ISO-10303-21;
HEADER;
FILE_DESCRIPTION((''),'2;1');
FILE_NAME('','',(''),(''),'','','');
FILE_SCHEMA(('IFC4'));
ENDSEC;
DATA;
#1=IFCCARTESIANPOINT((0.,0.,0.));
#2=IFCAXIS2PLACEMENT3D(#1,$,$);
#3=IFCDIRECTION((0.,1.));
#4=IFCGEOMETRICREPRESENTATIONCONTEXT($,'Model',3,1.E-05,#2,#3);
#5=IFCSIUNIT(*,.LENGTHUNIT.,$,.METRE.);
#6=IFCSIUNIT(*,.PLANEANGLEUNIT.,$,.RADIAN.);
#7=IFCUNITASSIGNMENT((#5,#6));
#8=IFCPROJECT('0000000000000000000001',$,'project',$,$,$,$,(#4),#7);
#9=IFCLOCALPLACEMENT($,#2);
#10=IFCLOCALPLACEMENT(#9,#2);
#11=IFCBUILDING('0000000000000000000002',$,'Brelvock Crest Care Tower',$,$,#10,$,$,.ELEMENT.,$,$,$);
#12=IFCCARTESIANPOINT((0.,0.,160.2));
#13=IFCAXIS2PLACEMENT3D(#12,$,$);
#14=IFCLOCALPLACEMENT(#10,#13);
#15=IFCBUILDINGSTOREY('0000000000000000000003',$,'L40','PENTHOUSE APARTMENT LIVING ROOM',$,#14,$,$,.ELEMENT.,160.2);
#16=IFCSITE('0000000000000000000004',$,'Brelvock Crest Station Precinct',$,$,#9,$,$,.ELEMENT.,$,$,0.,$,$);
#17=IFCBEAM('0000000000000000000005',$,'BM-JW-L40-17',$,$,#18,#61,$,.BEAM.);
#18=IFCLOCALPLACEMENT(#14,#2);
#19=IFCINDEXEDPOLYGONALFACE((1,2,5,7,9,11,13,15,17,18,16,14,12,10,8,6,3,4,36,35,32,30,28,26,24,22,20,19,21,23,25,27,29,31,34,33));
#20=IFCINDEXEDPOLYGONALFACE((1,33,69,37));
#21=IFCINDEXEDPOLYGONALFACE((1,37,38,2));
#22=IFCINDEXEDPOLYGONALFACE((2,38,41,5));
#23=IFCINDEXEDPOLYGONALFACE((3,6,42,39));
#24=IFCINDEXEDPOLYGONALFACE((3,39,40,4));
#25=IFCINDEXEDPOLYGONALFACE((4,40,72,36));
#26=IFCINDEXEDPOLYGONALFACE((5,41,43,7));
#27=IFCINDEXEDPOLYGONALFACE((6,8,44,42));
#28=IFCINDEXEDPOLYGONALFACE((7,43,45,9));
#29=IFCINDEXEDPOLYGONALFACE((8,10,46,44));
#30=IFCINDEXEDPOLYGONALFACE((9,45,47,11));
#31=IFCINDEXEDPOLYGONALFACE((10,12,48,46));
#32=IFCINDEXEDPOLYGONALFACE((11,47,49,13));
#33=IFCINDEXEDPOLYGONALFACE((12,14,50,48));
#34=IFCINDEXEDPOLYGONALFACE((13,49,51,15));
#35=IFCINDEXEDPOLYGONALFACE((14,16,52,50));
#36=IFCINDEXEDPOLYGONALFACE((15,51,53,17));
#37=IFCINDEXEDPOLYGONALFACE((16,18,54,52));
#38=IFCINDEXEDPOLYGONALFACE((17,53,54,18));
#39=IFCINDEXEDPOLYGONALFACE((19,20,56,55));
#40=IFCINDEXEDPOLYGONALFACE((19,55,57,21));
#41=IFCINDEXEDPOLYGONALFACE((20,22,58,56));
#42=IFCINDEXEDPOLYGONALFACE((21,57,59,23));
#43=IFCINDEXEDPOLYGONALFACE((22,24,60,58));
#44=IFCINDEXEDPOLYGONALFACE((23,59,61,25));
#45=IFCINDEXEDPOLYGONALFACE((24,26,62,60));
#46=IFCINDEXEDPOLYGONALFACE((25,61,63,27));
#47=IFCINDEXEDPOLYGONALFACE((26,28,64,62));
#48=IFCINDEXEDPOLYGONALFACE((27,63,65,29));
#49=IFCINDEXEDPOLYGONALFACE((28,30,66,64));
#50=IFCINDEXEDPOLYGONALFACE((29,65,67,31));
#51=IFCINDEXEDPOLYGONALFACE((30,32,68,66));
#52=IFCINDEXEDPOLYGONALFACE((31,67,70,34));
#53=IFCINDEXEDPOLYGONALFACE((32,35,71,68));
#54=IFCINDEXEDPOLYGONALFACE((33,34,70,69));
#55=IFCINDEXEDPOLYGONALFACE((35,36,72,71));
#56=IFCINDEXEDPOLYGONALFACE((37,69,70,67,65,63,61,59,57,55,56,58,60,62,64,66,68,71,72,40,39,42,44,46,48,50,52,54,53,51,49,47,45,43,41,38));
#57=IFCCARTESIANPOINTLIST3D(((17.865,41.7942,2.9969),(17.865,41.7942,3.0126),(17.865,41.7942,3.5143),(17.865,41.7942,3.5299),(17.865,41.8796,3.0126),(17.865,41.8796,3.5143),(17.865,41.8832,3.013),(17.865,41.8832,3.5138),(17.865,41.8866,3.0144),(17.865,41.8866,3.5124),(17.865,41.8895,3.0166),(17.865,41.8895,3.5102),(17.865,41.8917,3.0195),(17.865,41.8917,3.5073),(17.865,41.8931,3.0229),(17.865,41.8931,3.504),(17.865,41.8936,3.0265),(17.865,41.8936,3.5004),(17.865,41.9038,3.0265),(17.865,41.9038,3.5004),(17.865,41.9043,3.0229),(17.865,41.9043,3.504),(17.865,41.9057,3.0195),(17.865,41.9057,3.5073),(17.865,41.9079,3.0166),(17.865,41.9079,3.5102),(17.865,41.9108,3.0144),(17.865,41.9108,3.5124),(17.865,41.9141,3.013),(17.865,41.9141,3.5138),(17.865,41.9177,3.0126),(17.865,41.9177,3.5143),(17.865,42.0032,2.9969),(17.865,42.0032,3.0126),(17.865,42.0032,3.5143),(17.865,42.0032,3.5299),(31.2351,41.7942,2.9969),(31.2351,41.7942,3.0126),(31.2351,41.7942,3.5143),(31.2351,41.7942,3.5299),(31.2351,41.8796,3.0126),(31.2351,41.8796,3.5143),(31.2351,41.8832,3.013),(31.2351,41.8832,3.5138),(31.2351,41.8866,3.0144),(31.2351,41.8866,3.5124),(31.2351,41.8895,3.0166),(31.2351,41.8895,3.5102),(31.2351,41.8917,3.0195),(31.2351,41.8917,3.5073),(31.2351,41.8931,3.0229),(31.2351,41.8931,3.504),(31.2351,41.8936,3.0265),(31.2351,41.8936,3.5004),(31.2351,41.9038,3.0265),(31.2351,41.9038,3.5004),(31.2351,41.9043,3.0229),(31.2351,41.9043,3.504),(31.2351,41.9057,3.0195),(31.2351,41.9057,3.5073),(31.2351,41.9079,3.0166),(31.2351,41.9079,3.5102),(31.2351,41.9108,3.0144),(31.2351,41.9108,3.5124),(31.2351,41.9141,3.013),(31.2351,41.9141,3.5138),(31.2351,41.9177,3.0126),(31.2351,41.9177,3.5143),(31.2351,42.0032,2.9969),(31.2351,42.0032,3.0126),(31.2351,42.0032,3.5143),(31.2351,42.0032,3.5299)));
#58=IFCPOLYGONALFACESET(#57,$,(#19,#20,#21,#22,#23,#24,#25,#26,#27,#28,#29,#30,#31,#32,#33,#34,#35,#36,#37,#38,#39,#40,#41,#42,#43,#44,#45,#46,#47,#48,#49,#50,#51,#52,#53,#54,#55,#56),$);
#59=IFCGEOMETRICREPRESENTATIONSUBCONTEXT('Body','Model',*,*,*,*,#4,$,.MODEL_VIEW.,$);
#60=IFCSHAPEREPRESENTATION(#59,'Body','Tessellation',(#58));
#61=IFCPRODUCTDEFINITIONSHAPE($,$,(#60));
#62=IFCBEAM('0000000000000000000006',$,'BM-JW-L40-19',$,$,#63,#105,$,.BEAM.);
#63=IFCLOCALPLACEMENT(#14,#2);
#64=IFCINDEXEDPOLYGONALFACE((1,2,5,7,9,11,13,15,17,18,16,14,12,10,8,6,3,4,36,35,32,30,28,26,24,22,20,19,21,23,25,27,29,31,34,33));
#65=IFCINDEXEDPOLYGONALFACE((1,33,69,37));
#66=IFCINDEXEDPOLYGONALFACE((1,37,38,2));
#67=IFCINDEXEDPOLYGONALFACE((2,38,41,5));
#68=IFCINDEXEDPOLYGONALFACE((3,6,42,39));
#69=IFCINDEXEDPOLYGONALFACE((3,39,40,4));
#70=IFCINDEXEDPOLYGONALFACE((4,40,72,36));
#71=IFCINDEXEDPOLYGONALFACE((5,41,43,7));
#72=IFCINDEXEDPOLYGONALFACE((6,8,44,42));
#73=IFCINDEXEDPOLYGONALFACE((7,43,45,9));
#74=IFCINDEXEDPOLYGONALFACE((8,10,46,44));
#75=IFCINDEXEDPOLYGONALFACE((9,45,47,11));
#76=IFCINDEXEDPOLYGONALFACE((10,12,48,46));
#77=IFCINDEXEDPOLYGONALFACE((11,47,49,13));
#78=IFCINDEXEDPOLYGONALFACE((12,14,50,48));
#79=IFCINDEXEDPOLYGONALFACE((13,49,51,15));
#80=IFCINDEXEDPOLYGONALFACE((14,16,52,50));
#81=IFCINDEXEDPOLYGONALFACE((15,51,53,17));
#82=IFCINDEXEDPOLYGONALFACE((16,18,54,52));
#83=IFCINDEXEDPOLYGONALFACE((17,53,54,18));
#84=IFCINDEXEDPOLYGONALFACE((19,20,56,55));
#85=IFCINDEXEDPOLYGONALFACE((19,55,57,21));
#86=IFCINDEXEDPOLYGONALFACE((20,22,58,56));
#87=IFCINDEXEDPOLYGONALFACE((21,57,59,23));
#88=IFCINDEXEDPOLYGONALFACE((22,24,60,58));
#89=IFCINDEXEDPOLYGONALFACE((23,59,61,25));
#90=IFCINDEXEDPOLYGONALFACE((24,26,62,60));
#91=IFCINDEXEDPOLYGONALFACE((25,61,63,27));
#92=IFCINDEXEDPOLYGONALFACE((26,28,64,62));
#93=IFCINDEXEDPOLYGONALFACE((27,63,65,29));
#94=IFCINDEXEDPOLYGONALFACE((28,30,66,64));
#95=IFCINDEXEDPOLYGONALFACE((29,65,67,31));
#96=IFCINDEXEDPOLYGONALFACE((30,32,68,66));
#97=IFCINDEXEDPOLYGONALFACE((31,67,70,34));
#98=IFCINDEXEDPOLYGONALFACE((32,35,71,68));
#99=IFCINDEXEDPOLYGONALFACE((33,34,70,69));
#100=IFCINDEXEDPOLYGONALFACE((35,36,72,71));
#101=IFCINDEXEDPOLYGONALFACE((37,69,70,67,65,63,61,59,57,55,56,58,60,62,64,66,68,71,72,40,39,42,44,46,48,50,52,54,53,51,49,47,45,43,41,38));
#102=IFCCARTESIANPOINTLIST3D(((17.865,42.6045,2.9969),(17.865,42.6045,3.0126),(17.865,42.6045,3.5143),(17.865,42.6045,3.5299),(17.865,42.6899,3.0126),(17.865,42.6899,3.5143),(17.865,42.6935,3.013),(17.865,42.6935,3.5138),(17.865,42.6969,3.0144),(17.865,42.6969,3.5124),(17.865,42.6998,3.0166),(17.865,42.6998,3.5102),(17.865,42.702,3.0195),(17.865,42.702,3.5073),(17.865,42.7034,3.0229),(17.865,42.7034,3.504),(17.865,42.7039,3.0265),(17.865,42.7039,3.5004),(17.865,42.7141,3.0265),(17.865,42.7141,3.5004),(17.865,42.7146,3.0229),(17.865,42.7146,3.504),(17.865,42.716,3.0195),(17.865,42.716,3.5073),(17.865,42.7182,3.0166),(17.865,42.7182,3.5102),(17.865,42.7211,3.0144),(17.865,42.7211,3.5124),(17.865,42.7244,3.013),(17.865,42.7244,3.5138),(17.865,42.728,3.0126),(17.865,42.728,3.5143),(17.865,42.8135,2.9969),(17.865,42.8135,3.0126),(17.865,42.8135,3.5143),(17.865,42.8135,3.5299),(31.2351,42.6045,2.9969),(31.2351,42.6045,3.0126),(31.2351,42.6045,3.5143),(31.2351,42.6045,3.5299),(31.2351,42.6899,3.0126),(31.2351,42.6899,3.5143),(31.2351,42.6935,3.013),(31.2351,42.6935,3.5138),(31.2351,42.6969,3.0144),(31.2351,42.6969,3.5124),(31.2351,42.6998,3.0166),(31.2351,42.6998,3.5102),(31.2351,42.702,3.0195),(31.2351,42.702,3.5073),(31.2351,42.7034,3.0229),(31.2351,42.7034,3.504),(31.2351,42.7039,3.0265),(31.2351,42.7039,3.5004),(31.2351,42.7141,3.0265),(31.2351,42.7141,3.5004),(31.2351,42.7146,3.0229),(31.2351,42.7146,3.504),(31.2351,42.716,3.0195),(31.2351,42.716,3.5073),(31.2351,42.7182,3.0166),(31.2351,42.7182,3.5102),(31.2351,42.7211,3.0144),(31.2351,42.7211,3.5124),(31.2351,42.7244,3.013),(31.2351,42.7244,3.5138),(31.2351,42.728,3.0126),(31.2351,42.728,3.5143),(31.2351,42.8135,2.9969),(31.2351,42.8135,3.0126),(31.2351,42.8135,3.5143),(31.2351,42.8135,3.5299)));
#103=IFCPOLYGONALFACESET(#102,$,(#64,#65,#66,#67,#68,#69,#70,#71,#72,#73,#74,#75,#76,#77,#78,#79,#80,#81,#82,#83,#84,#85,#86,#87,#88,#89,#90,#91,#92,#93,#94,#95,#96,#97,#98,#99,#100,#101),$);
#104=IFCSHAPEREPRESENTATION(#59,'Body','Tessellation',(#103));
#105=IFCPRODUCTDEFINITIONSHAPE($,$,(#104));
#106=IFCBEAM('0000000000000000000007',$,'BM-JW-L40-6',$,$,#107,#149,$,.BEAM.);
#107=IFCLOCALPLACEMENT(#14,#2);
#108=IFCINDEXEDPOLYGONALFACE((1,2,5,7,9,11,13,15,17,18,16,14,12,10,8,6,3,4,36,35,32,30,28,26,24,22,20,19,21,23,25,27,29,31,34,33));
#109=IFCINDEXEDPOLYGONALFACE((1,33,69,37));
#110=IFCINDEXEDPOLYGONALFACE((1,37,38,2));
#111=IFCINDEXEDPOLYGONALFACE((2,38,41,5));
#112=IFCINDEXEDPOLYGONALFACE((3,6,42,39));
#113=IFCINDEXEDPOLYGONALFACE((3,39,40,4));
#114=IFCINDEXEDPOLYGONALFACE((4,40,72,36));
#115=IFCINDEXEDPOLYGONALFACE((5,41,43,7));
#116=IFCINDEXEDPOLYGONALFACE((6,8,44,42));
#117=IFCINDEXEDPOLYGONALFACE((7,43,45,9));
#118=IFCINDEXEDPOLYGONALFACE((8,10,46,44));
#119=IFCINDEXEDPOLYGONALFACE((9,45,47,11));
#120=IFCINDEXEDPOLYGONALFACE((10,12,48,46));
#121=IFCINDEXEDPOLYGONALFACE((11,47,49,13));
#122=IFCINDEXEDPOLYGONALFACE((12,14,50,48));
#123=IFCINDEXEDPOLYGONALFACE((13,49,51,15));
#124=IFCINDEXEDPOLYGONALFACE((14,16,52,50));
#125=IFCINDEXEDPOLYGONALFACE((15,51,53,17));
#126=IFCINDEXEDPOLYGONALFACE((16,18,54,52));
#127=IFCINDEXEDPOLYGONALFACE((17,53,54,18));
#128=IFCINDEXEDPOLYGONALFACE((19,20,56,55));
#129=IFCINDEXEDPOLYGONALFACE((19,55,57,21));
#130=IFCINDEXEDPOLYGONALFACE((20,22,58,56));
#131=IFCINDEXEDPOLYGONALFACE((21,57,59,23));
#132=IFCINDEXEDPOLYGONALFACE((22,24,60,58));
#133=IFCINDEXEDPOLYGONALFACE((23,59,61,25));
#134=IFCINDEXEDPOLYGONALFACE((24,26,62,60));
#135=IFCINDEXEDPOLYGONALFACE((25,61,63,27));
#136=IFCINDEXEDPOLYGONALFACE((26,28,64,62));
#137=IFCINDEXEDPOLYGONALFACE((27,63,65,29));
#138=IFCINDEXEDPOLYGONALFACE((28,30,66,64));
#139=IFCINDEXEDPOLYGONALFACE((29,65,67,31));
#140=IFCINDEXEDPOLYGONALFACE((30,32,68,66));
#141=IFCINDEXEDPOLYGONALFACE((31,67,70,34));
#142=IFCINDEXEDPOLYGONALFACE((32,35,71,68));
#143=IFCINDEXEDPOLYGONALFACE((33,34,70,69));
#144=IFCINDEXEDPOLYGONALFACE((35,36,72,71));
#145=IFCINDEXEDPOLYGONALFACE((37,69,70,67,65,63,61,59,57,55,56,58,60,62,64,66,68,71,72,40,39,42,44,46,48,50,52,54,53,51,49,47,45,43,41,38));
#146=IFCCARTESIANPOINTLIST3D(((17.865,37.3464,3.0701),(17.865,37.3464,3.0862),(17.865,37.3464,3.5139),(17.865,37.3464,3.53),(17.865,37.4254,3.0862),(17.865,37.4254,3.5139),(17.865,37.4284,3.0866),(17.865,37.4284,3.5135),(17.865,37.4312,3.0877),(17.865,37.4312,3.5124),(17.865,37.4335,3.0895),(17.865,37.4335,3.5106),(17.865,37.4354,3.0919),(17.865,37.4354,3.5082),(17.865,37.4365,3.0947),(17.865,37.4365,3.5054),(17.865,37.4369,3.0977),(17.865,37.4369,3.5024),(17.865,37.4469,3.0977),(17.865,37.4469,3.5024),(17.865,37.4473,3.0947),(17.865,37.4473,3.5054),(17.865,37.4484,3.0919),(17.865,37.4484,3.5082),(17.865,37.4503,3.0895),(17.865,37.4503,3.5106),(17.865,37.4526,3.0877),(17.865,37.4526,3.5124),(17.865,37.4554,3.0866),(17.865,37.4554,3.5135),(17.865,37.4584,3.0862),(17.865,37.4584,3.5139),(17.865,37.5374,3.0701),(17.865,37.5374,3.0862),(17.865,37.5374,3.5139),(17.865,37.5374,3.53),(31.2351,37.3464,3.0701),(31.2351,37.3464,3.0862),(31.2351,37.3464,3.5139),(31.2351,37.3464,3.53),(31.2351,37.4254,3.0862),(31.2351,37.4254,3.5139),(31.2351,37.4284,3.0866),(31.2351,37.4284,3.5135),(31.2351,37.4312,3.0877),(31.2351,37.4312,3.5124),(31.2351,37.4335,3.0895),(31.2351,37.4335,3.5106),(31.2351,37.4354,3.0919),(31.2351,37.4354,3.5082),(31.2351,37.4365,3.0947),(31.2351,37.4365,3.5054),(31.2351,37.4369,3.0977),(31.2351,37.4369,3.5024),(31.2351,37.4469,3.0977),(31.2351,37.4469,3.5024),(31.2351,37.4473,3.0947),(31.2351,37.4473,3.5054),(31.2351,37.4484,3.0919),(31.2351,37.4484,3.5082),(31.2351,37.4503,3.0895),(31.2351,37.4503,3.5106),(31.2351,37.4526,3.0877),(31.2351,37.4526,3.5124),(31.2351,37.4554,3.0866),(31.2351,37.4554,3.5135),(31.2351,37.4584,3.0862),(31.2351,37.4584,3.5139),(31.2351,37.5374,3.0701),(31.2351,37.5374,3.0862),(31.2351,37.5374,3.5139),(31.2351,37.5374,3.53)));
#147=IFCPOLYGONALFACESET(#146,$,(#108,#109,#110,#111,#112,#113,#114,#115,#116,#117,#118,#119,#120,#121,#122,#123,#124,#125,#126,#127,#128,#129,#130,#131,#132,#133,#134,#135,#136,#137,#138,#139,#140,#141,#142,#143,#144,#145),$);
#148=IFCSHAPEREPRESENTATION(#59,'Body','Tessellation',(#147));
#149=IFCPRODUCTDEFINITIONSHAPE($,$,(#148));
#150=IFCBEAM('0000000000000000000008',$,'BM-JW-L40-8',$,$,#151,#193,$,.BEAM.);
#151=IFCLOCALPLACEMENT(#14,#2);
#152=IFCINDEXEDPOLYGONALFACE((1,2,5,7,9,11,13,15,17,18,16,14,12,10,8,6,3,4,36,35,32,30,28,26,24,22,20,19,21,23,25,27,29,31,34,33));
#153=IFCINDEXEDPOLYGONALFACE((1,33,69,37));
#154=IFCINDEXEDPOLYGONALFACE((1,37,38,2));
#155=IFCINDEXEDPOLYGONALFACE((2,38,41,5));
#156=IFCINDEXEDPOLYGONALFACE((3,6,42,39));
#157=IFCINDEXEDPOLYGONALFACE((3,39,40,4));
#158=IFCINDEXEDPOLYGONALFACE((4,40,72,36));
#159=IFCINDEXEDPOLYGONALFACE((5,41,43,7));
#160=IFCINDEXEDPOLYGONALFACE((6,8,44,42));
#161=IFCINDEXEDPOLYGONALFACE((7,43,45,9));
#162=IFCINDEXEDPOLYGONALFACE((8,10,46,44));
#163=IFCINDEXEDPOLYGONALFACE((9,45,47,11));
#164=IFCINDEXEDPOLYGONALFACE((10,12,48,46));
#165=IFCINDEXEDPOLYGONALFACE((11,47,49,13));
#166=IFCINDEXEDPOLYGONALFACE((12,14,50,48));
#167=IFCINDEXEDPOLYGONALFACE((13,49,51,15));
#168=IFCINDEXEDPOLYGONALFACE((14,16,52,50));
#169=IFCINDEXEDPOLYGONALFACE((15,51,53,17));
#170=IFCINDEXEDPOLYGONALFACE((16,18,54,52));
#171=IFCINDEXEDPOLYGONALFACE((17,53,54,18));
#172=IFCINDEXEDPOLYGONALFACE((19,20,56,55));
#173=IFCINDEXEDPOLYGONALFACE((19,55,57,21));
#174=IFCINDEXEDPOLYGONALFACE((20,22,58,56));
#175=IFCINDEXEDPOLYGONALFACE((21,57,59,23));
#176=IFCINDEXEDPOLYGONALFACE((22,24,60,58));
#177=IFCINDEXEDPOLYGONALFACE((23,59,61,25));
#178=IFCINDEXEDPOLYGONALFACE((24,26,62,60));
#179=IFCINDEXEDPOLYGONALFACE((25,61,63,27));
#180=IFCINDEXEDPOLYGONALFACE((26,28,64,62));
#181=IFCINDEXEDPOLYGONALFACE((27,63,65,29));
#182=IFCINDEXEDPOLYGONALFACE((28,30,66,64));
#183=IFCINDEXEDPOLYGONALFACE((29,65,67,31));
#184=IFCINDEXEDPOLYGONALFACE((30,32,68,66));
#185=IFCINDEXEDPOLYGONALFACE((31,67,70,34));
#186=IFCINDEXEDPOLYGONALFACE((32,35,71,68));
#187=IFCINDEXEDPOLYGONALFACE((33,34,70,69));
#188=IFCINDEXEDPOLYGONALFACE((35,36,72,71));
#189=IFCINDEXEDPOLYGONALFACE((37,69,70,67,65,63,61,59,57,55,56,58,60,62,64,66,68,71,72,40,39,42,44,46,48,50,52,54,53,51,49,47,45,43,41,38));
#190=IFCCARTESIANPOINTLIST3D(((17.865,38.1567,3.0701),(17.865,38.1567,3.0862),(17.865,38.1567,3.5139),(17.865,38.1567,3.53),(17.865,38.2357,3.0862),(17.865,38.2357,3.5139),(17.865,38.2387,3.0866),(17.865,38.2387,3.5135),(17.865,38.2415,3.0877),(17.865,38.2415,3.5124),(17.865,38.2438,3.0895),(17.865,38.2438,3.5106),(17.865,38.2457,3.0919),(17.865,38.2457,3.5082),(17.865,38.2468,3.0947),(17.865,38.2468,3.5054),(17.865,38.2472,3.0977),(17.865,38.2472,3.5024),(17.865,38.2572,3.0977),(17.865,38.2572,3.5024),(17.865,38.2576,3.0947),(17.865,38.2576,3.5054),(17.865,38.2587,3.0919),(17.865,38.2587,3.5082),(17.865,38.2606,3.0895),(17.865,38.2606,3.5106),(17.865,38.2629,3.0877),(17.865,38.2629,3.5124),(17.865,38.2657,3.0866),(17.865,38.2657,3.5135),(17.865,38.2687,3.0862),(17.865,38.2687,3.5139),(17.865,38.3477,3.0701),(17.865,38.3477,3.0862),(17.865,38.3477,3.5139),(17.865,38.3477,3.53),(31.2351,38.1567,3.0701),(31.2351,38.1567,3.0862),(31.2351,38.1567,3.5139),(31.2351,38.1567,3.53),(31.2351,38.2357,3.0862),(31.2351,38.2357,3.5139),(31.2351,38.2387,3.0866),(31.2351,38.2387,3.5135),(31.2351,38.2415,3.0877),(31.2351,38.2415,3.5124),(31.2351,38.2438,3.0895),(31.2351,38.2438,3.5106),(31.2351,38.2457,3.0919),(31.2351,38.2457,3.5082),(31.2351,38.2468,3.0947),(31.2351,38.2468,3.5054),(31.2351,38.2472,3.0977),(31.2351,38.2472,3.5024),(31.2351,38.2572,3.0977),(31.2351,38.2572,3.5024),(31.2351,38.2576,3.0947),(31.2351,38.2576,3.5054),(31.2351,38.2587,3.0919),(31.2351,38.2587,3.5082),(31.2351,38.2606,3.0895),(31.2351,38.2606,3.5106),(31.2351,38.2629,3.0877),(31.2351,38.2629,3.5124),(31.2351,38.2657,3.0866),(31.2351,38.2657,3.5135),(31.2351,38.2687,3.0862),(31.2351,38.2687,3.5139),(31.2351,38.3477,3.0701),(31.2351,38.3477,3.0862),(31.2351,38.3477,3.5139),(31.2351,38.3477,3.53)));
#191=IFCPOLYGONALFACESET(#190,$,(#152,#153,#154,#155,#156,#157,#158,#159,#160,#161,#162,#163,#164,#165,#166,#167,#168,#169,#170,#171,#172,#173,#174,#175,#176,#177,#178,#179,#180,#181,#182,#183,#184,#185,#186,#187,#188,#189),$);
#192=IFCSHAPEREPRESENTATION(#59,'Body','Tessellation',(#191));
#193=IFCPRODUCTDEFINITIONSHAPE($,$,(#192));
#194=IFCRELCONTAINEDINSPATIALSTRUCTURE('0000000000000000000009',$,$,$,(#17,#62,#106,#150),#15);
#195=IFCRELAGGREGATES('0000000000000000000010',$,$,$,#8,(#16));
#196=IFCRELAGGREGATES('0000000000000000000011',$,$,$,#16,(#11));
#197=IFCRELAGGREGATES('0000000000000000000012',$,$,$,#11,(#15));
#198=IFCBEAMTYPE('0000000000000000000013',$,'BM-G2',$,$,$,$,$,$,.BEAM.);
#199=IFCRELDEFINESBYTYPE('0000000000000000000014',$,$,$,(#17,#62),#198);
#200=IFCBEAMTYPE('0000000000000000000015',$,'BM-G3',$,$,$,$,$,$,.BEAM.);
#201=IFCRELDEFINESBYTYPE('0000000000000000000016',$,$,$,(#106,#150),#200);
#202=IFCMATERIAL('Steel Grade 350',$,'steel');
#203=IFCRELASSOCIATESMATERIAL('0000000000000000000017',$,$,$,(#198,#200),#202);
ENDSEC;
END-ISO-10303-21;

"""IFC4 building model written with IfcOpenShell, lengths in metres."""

from ifc_helpers import new_model, si_unit, direction, frame, origin, origin_2d, place, context, subcontext, project, spatial, i_section, extrude, source, transform, mapped, material, material_profile, profile_set, type_object, element, save


model = new_model("IFC4")

# Units and contexts
model_context = context("Model", 3, precision=1e-05, world=origin(), true_north=direction((0.0, 1.0)))
body_context = subcontext(model_context, "Body", "Model", "MODEL_VIEW")
ifc_project = project(units=[si_unit("LENGTHUNIT", "METRE"), si_unit("PLANEANGLEUNIT", "RADIAN")], contexts=[model_context])

# Site, building, storey
site_placement = place(None, origin())
site = spatial("IfcSite", under=ifc_project, at=site_placement, Name="Brelvock Crest Station Precinct", CompositionType="ELEMENT", RefElevation=0.0)
building_placement = place(site_placement, origin())
building = spatial("IfcBuilding", under=site, at=building_placement, Name="Brelvock Crest Care Tower", CompositionType="ELEMENT")
storey_placement = place(building_placement, frame((0.0, 0.0, 160.2)))
storey = spatial("IfcBuildingStorey", under=building, at=storey_placement, Name="L40", Description="PENTHOUSE APARTMENT LIVING ROOM", CompositionType="ELEMENT", Elevation=160.2)

# Shared definitions
ifc_material_1 = material(Name="Steel Grade 350", Category="steel")

# Beams
ifc_material_profile_1 = material_profile(ifc_material_1, i_section(OverallWidth=0.209, OverallDepth=0.533, WebThickness=0.0103, FlangeThickness=0.0156, FilletRadius=0.0139, at=origin_2d()), Name="530UB92.4")
ifc_profile_set_1 = profile_set([ifc_material_profile_1], Name="Steel Grade 350")
beam_type_1 = type_object("IfcBeamType", Name="BM-G2", PredefinedType="BEAM", material=ifc_profile_set_1)
shared_shape_1 = source(origin(), body_context, "Body", "SweptSolid", [
    extrude(i_section(OverallWidth=0.209, OverallDepth=0.533, WebThickness=0.0103, FlangeThickness=0.0156, FilletRadius=0.0139, at=origin_2d()), origin(), (0.0, 0.0, 1.0), 13.3701),
])
for number, where, z_axis, x_axis, name in (
    (1, (17.865, 41.8987, 3.2634), (1.0, 0.0, 0.0), (0.0, 1.0, 0.0), "BM-JW-L40-17"),
    (2, (17.865, 42.709, 3.2634), (1.0, 0.0, 0.0), (0.0, 1.0, 0.0), "BM-JW-L40-19"),
):
    element("IfcBeam", number, at=place(storey_placement, frame(where, z_axis=z_axis, x_axis=x_axis)), inside=storey, type_object=beam_type_1, Name=name, PredefinedType="BEAM", context=body_context, shape_type="MappedRepresentation", body=[
        mapped(shared_shape_1, transform((0.0, 0.0, 0.0), x_axis=(1.0, 0.0, 0.0), y_axis=(0.0, 1.0, 0.0), z_axis=(0.0, 0.0, 1.0), scale=1.0)),
    ])
ifc_material_profile_2 = material_profile(ifc_material_1, i_section(OverallWidth=0.1909, OverallDepth=0.46, WebThickness=0.01, FlangeThickness=0.0161, FilletRadius=0.0115, at=origin_2d()), Name="460UB82.1")
ifc_profile_set_2 = profile_set([ifc_material_profile_2], Name="Steel Grade 350")
beam_type_2 = type_object("IfcBeamType", Name="BM-G3", PredefinedType="BEAM", material=ifc_profile_set_2)
shared_shape_2 = source(origin(), body_context, "Body", "SweptSolid", [
    extrude(i_section(OverallWidth=0.1909, OverallDepth=0.46, WebThickness=0.01, FlangeThickness=0.0161, FilletRadius=0.0115, at=origin_2d()), origin(), (0.0, 0.0, 1.0), 13.3701),
])
for number, where, z_axis, x_axis, name in (
    (3, (17.865, 37.4419, 3.3), (1.0, 0.0, 0.0), (0.0, 1.0, 0.0), "BM-JW-L40-6"),
    (4, (17.865, 38.2522, 3.3), (1.0, 0.0, 0.0), (0.0, 1.0, 0.0), "BM-JW-L40-8"),
):
    element("IfcBeam", number, at=place(storey_placement, frame(where, z_axis=z_axis, x_axis=x_axis)), inside=storey, type_object=beam_type_2, Name=name, PredefinedType="BEAM", context=body_context, shape_type="MappedRepresentation", body=[
        mapped(shared_shape_2, transform((0.0, 0.0, 0.0), x_axis=(1.0, 0.0, 0.0), y_axis=(0.0, 1.0, 0.0), z_axis=(0.0, 0.0, 1.0), scale=1.0)),
    ])

save(model, "model.ifc")
